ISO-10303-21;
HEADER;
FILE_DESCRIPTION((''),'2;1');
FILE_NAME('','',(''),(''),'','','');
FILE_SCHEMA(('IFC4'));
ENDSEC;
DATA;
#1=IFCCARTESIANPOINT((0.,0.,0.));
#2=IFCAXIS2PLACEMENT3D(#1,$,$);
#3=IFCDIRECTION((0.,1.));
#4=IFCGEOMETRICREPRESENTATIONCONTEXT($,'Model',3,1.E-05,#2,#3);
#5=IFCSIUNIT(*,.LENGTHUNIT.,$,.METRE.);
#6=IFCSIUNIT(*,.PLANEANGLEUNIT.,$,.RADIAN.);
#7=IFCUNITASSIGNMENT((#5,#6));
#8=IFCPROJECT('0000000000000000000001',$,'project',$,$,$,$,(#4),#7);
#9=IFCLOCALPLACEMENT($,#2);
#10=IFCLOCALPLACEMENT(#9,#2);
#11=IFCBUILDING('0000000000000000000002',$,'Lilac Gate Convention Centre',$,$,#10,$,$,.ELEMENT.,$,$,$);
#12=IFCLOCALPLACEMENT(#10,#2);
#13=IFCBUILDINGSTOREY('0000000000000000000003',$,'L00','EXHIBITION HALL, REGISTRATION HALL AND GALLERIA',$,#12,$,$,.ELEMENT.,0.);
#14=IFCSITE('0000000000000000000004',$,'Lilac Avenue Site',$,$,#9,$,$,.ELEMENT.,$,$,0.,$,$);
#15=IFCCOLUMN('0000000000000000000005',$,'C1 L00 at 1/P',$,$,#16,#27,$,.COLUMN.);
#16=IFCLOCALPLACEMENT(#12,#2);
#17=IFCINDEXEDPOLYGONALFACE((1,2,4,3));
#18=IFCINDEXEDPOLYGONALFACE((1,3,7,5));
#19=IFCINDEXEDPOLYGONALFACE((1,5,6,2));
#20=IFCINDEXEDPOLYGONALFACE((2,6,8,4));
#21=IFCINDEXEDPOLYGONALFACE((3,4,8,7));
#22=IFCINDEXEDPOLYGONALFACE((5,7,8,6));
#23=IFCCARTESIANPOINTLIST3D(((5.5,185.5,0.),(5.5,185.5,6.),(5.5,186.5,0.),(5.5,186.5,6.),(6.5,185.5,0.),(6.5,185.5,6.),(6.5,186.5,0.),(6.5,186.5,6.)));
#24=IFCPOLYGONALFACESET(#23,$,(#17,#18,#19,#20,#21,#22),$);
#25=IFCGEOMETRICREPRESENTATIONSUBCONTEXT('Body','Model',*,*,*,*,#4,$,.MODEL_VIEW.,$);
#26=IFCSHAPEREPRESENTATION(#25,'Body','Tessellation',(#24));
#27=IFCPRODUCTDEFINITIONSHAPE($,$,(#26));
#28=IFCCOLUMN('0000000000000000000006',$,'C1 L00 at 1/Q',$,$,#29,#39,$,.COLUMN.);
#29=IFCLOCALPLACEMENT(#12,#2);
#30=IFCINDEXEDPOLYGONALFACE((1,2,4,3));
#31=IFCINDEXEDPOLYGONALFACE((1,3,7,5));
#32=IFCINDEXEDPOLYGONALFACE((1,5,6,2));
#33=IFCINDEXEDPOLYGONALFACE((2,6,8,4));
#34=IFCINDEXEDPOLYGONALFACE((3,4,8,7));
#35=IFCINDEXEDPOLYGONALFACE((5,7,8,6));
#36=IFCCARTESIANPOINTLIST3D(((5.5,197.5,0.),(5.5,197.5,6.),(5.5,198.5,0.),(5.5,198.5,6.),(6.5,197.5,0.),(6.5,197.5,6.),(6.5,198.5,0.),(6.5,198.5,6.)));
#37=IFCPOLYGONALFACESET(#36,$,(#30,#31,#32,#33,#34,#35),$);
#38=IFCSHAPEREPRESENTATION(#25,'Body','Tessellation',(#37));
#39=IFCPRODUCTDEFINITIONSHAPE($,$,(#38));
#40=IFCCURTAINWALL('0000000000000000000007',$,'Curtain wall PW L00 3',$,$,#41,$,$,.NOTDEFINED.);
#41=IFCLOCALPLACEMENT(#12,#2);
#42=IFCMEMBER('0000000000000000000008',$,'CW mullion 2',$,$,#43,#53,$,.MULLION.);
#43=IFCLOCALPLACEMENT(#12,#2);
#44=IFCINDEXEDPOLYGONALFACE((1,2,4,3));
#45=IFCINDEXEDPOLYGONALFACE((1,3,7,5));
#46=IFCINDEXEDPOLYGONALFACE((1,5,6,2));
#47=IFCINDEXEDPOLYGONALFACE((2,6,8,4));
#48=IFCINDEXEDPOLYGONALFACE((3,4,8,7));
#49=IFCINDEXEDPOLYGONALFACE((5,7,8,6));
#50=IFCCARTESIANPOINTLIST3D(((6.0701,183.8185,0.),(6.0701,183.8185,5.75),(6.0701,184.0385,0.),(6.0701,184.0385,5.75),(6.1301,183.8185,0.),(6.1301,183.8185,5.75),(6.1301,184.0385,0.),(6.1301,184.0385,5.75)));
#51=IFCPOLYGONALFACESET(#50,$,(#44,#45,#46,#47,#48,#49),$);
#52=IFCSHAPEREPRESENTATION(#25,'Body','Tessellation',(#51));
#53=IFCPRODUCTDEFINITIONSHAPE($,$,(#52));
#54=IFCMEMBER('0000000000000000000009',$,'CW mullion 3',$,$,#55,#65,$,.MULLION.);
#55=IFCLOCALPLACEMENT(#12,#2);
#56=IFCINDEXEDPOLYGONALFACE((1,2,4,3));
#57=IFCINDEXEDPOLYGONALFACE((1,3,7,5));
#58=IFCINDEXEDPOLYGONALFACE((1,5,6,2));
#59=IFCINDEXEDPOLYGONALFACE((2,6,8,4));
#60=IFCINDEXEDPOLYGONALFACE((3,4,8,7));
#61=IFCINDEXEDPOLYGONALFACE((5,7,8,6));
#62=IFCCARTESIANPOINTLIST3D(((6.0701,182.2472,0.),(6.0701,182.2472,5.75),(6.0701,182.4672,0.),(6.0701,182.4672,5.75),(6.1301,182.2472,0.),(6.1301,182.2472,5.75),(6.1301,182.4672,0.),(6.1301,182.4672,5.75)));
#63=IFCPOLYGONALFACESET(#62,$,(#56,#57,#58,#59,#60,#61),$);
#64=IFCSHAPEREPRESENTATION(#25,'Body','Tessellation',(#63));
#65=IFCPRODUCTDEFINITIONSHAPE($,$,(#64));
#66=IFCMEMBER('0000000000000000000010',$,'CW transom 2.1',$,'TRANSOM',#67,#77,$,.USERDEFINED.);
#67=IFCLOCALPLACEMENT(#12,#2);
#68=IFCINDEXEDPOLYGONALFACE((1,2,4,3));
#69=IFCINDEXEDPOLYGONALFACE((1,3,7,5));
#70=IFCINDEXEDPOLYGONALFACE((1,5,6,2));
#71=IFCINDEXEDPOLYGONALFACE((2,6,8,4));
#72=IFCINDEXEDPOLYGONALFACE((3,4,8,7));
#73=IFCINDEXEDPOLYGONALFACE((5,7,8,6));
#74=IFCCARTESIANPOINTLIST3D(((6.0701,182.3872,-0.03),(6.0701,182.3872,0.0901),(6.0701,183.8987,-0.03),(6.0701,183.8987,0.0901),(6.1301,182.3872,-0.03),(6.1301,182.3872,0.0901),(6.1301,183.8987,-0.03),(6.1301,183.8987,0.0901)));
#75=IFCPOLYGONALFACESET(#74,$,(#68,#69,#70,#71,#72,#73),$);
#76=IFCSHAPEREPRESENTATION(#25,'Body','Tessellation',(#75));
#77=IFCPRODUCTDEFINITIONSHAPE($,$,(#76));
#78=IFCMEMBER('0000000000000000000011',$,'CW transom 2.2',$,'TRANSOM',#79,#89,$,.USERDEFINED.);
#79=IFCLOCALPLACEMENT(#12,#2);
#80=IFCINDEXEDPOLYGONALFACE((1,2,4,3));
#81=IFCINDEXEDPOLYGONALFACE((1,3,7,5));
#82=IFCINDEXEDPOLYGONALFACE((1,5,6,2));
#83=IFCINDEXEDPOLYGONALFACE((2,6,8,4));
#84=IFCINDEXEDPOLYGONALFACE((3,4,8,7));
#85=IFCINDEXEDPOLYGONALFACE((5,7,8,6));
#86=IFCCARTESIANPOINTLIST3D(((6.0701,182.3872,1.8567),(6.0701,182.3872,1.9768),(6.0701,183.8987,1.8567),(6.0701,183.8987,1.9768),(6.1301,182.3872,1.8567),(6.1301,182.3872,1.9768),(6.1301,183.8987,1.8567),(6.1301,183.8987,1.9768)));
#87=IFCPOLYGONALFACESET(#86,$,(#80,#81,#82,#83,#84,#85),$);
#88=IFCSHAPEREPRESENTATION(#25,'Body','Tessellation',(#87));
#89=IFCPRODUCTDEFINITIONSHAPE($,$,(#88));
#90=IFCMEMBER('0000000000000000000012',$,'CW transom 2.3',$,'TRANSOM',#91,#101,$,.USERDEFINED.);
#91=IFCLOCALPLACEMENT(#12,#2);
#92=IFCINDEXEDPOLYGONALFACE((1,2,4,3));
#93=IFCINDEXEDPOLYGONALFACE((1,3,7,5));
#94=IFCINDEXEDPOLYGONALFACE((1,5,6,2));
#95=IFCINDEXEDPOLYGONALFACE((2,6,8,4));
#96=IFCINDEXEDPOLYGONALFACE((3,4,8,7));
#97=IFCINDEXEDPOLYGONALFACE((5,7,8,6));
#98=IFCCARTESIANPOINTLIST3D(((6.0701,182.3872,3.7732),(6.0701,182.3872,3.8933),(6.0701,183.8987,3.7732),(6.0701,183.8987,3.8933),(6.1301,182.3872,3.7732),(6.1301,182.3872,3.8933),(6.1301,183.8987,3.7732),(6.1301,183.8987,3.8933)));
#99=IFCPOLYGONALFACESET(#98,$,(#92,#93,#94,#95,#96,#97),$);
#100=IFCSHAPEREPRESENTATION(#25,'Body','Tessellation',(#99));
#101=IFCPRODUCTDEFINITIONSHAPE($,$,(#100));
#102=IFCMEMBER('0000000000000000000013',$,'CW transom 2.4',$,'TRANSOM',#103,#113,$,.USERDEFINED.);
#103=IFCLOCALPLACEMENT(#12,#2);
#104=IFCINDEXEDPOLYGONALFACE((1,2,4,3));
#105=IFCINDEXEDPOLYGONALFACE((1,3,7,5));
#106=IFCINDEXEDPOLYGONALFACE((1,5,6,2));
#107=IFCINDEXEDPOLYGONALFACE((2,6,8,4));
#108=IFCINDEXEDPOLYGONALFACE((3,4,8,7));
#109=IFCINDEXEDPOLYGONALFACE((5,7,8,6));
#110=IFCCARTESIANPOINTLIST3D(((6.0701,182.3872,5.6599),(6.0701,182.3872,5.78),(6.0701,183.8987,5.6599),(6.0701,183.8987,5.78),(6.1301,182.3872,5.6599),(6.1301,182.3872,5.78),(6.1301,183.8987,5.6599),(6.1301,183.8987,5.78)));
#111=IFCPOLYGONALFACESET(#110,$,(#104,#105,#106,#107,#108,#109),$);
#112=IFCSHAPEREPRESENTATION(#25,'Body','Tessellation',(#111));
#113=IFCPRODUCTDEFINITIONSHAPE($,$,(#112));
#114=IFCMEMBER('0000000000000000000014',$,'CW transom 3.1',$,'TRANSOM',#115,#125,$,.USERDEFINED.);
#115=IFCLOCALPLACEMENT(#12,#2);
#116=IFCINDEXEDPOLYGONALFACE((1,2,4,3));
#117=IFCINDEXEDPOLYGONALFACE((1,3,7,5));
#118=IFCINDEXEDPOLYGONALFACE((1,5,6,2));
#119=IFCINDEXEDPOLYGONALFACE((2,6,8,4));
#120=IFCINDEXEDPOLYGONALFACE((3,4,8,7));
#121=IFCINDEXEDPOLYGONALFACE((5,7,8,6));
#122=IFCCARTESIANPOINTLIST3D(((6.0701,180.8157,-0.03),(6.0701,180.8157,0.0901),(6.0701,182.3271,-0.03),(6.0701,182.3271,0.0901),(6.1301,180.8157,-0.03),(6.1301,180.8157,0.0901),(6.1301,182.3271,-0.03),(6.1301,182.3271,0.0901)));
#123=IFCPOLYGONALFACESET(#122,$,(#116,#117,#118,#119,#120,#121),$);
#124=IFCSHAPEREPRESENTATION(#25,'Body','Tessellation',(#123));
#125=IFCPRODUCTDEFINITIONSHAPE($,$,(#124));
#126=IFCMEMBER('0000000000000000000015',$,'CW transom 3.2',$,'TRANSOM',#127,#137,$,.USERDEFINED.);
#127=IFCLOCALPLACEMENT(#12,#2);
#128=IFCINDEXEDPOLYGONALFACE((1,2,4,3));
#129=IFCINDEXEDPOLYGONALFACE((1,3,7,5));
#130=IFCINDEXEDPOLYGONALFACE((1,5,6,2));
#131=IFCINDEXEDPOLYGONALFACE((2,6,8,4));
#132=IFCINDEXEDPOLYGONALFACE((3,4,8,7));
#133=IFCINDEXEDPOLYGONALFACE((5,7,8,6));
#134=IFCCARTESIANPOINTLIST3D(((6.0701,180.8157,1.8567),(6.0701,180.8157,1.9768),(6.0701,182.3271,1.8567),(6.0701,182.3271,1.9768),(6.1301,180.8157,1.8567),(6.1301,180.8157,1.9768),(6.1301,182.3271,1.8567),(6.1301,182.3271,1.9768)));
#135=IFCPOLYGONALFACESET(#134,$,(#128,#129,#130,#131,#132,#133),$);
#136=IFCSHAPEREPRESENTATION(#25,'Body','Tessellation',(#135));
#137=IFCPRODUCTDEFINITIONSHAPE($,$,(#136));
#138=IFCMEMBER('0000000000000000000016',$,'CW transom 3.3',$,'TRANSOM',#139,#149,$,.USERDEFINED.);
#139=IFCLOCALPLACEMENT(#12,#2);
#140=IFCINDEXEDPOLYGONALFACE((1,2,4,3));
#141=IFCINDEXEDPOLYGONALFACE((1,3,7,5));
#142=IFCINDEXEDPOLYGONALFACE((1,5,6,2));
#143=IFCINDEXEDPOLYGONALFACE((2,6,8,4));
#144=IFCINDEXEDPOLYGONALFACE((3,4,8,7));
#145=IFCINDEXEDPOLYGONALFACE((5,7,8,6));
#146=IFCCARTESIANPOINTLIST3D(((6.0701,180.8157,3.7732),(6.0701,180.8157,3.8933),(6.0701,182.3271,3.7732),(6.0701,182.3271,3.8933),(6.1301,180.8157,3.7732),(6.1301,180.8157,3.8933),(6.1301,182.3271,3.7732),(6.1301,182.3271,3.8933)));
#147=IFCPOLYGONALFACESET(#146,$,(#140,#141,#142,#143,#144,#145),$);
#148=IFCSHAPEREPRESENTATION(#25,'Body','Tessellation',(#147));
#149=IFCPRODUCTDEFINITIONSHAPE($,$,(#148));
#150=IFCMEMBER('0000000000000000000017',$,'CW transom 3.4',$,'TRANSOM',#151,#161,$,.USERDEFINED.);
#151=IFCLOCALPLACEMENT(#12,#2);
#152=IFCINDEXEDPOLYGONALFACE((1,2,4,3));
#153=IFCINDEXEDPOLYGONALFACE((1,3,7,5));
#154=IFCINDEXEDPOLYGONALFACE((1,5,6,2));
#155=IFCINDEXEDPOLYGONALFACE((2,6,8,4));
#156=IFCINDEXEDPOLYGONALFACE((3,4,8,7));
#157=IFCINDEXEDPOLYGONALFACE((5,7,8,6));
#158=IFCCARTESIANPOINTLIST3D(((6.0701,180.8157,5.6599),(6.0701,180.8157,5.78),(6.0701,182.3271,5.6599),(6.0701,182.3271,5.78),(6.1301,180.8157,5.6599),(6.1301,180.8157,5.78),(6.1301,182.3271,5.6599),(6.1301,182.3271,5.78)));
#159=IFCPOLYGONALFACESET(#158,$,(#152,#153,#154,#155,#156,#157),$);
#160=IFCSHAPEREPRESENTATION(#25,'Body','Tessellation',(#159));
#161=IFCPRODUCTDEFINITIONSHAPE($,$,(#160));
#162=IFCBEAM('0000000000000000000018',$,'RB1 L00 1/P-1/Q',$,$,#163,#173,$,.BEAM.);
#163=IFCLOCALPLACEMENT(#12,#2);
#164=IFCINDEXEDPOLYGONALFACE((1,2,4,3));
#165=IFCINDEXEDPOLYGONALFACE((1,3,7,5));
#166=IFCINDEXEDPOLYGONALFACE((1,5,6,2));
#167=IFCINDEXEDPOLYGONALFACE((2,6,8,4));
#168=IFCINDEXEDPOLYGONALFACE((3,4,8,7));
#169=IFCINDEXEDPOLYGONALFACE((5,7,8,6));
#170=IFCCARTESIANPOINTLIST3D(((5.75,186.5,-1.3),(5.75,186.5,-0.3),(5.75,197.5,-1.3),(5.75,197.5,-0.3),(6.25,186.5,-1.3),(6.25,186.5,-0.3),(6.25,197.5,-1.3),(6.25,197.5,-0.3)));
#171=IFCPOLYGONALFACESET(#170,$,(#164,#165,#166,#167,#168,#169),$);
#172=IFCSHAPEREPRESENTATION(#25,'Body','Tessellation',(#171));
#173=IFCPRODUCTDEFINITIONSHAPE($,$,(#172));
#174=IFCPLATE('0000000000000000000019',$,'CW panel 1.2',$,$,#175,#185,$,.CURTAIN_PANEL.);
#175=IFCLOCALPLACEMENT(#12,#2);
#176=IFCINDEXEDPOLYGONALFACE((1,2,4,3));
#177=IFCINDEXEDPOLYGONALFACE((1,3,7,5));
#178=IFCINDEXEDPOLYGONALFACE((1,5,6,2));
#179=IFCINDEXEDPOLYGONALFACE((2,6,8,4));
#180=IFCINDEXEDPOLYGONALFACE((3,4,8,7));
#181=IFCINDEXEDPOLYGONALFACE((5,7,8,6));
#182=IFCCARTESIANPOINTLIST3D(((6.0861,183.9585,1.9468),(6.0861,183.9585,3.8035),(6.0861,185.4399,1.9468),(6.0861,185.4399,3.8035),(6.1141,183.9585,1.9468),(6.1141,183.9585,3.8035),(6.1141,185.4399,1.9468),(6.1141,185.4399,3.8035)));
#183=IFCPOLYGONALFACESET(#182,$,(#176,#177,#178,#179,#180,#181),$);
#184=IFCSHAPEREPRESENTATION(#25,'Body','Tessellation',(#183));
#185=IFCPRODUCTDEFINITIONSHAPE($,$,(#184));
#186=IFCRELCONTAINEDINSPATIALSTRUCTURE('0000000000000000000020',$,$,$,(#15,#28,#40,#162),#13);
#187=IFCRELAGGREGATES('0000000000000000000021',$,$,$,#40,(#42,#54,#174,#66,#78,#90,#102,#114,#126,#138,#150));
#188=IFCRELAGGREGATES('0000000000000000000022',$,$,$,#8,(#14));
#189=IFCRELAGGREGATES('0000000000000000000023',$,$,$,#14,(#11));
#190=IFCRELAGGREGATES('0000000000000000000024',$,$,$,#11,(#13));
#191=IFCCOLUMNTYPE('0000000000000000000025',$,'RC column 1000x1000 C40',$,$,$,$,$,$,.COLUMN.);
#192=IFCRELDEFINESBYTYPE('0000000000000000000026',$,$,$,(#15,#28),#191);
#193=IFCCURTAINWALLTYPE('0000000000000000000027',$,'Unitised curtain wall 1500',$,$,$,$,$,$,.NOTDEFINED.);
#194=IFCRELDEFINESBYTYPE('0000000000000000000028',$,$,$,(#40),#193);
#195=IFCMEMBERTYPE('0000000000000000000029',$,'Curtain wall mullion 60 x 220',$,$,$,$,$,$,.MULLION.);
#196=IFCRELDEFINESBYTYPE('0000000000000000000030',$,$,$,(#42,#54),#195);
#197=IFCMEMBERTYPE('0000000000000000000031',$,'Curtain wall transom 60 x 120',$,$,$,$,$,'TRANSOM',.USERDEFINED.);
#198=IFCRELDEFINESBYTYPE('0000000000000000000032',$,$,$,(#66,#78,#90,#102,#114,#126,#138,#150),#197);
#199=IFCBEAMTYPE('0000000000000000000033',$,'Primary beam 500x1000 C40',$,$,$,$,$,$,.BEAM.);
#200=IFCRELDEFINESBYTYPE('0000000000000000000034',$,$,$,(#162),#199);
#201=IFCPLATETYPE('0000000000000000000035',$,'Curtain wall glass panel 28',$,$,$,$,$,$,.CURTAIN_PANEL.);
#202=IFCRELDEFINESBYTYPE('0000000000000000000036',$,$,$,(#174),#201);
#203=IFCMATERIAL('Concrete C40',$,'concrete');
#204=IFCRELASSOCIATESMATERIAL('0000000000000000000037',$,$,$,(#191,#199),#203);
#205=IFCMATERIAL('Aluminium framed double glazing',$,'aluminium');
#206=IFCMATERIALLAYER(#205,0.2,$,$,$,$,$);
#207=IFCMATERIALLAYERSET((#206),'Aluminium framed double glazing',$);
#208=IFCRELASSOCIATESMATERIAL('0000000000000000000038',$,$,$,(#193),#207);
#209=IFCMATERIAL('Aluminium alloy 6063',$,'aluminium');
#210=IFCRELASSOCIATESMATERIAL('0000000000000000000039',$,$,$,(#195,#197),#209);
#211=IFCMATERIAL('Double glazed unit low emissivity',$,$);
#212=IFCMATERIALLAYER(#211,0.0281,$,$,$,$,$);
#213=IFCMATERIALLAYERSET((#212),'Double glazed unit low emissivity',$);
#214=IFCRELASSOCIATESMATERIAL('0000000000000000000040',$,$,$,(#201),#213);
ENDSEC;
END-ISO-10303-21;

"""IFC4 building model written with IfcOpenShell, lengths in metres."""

from ifc_helpers import new_model, si_unit, direction, frame, origin, origin_2d, place, context, subcontext, project, spatial, rectangle, extrude, material, layer, layer_set, material_profile, profile_set, type_object, element, aggregate, save


model = new_model("IFC4")

# Units and contexts
model_context = context("Model", 3, precision=1e-05, world=origin(), true_north=direction((0.0, 1.0)))
body_context = subcontext(model_context, "Body", "Model", "MODEL_VIEW")
ifc_project = project(units=[si_unit("LENGTHUNIT", "METRE"), si_unit("PLANEANGLEUNIT", "RADIAN")], contexts=[model_context])

# Site, building, storey
site_placement = place(None, origin())
site = spatial("IfcSite", under=ifc_project, at=site_placement, Name="Lilac Avenue Site", CompositionType="ELEMENT", RefElevation=0.0)
building_placement = place(site_placement, origin())
building = spatial("IfcBuilding", under=site, at=building_placement, Name="Lilac Gate Convention Centre", CompositionType="ELEMENT")
storey_placement = place(building_placement, origin())
storey = spatial("IfcBuildingStorey", under=building, at=storey_placement, Name="L00", Description="EXHIBITION HALL, REGISTRATION HALL AND GALLERIA", CompositionType="ELEMENT", Elevation=0.0)

# Columns
ifc_material_1 = material(Name="Concrete C40", Category="concrete")
ifc_material_profile_1 = material_profile(ifc_material_1, rectangle(XDim=1.0, YDim=1.0, at=origin_2d()), Name="RC 1000x1000")
ifc_profile_set_1 = profile_set([ifc_material_profile_1], Name="Concrete C40")
column_type = type_object("IfcColumnType", Name="RC column 1000x1000 C40", PredefinedType="COLUMN", material=ifc_profile_set_1)
for number, where, z_axis, x_axis, name in (
    (1, (6.0, 186.0, 0.0), (0.0, 0.0, 1.0), (1.0, 0.0, 0.0), "C1 L00 at 1/P"),
    (2, (6.0, 198.0, 0.0), (0.0, 0.0, 1.0), (1.0, 0.0, 0.0), "C1 L00 at 1/Q"),
):
    element("IfcColumn", number, at=place(storey_placement, frame(where, z_axis=z_axis, x_axis=x_axis)), inside=storey, type_object=column_type, Name=name, PredefinedType="COLUMN", context=body_context, shape_type="SweptSolid", body=[
        extrude(rectangle(XDim=1.0, YDim=1.0, at=origin_2d()), origin(), (0.0, 0.0, 1.0), 6.0),
    ])

# Curtain wall, members
ifc_material_2 = material(Name="Aluminium framed double glazing", Category="aluminium")
ifc_layer_1 = layer(ifc_material_2, 0.2)
ifc_layer_set_1 = layer_set([ifc_layer_1], Name="Aluminium framed double glazing")
curtain_wall_type = type_object("IfcCurtainWallType", Name="Unitised curtain wall 1500", PredefinedType="NOTDEFINED", material=ifc_layer_set_1)
curtain_wall_placement = place(storey_placement, origin())
curtain_wall = element("IfcCurtainWall", 3, at=curtain_wall_placement, inside=storey, type_object=curtain_wall_type, Name="Curtain wall PW L00 3", PredefinedType="NOTDEFINED")
ifc_material_3 = material(Name="Aluminium alloy 6063", Category="aluminium")
ifc_material_profile_2 = material_profile(ifc_material_3, rectangle(XDim=0.0601, YDim=0.22, at=origin_2d()), Name="Curtain wall mullion 60 x 220")
ifc_profile_set_2 = profile_set([ifc_material_profile_2], Name="Aluminium alloy 6063")
member_type_1 = type_object("IfcMemberType", Name="Curtain wall mullion 60 x 220", PredefinedType="MULLION", material=ifc_profile_set_2)
member_1_placement = place(storey_placement, frame((6.1001, 183.9285, 0.0), z_axis=(0.0, 0.0, 1.0), x_axis=(1.0, 0.0, 0.0)))
member_1 = element("IfcMember", 4, at=member_1_placement, type_object=member_type_1, Name="CW mullion 2", PredefinedType="MULLION", context=body_context, shape_type="SweptSolid", body=[
    extrude(rectangle(XDim=0.0601, YDim=0.22, at=origin_2d()), origin(), (0.0, 0.0, 1.0), 5.75),
])
member_2_placement = place(storey_placement, frame((6.1001, 182.3572, 0.0), z_axis=(0.0, 0.0, 1.0), x_axis=(1.0, 0.0, 0.0)))
member_2 = element("IfcMember", 5, at=member_2_placement, type_object=member_type_1, Name="CW mullion 3", PredefinedType="MULLION", context=body_context, shape_type="SweptSolid", body=[
    extrude(rectangle(XDim=0.0601, YDim=0.22, at=origin_2d()), origin(), (0.0, 0.0, 1.0), 5.75),
])
ifc_material_profile_3 = material_profile(ifc_material_3, rectangle(XDim=0.0601, YDim=0.1201, at=origin_2d()), Name="Curtain wall transom 60 x 120")
ifc_profile_set_3 = profile_set([ifc_material_profile_3], Name="Aluminium alloy 6063")
member_type_2 = type_object("IfcMemberType", Name="Curtain wall transom 60 x 120", ElementType="TRANSOM", PredefinedType="USERDEFINED", material=ifc_profile_set_3)
member_3_placement = place(storey_placement, frame((6.1001, 183.8987, 0.03), z_axis=(0.0, -1.0, 0.0), x_axis=(1.0, 0.0, 0.0)))
member_3 = element("IfcMember", 6, at=member_3_placement, type_object=member_type_2, Name="CW transom 2.1", ObjectType="TRANSOM", PredefinedType="USERDEFINED", context=body_context, shape_type="SweptSolid", body=[
    extrude(rectangle(XDim=0.0601, YDim=0.1201, at=origin_2d()), origin(), (0.0, 0.0, 1.0), 1.5115),
])
member_4_placement = place(storey_placement, frame((6.1001, 183.8987, 1.9167), z_axis=(0.0, -1.0, 0.0), x_axis=(1.0, 0.0, 0.0)))
member_4 = element("IfcMember", 7, at=member_4_placement, type_object=member_type_2, Name="CW transom 2.2", ObjectType="TRANSOM", PredefinedType="USERDEFINED", context=body_context, shape_type="SweptSolid", body=[
    extrude(rectangle(XDim=0.0601, YDim=0.1201, at=origin_2d()), origin(), (0.0, 0.0, 1.0), 1.5115),
])
member_5_placement = place(storey_placement, frame((6.1001, 183.8987, 3.8333), z_axis=(0.0, -1.0, 0.0), x_axis=(1.0, 0.0, 0.0)))
member_5 = element("IfcMember", 8, at=member_5_placement, type_object=member_type_2, Name="CW transom 2.3", ObjectType="TRANSOM", PredefinedType="USERDEFINED", context=body_context, shape_type="SweptSolid", body=[
    extrude(rectangle(XDim=0.0601, YDim=0.1201, at=origin_2d()), origin(), (0.0, 0.0, 1.0), 1.5115),
])
member_6_placement = place(storey_placement, frame((6.1001, 183.8987, 5.72), z_axis=(0.0, -1.0, 0.0), x_axis=(1.0, 0.0, 0.0)))
member_6 = element("IfcMember", 9, at=member_6_placement, type_object=member_type_2, Name="CW transom 2.4", ObjectType="TRANSOM", PredefinedType="USERDEFINED", context=body_context, shape_type="SweptSolid", body=[
    extrude(rectangle(XDim=0.0601, YDim=0.1201, at=origin_2d()), origin(), (0.0, 0.0, 1.0), 1.5115),
])
member_7_placement = place(storey_placement, frame((6.1001, 182.3271, 0.03), z_axis=(0.0, -1.0, 0.0), x_axis=(1.0, 0.0, 0.0)))
member_7 = element("IfcMember", 10, at=member_7_placement, type_object=member_type_2, Name="CW transom 3.1", ObjectType="TRANSOM", PredefinedType="USERDEFINED", context=body_context, shape_type="SweptSolid", body=[
    extrude(rectangle(XDim=0.0601, YDim=0.1201, at=origin_2d()), origin(), (0.0, 0.0, 1.0), 1.5115),
])
member_8_placement = place(storey_placement, frame((6.1001, 182.3271, 1.9167), z_axis=(0.0, -1.0, 0.0), x_axis=(1.0, 0.0, 0.0)))
member_8 = element("IfcMember", 11, at=member_8_placement, type_object=member_type_2, Name="CW transom 3.2", ObjectType="TRANSOM", PredefinedType="USERDEFINED", context=body_context, shape_type="SweptSolid", body=[
    extrude(rectangle(XDim=0.0601, YDim=0.1201, at=origin_2d()), origin(), (0.0, 0.0, 1.0), 1.5115),
])
member_9_placement = place(storey_placement, frame((6.1001, 182.3271, 3.8333), z_axis=(0.0, -1.0, 0.0), x_axis=(1.0, 0.0, 0.0)))
member_9 = element("IfcMember", 12, at=member_9_placement, type_object=member_type_2, Name="CW transom 3.3", ObjectType="TRANSOM", PredefinedType="USERDEFINED", context=body_context, shape_type="SweptSolid", body=[
    extrude(rectangle(XDim=0.0601, YDim=0.1201, at=origin_2d()), origin(), (0.0, 0.0, 1.0), 1.5115),
])
member_10_placement = place(storey_placement, frame((6.1001, 182.3271, 5.72), z_axis=(0.0, -1.0, 0.0), x_axis=(1.0, 0.0, 0.0)))
member_10 = element("IfcMember", 13, at=member_10_placement, type_object=member_type_2, Name="CW transom 3.4", ObjectType="TRANSOM", PredefinedType="USERDEFINED", context=body_context, shape_type="SweptSolid", body=[
    extrude(rectangle(XDim=0.0601, YDim=0.1201, at=origin_2d()), origin(), (0.0, 0.0, 1.0), 1.5115),
])

# Beam
ifc_material_profile_4 = material_profile(ifc_material_1, rectangle(XDim=0.5, YDim=1.0, at=origin_2d()), Name="RC 500x1000")
ifc_profile_set_4 = profile_set([ifc_material_profile_4], Name="Concrete C40")
beam_type = type_object("IfcBeamType", Name="Primary beam 500x1000 C40", PredefinedType="BEAM", material=ifc_profile_set_4)
beam_placement = place(storey_placement, frame((6.0, 186.5, -0.8), z_axis=(0.0, 1.0, 0.0), x_axis=(-1.0, 0.0, 0.0)))
element("IfcBeam", 14, at=beam_placement, inside=storey, type_object=beam_type, Name="RB1 L00 1/P-1/Q", PredefinedType="BEAM", context=body_context, shape_type="SweptSolid", body=[
    extrude(rectangle(XDim=0.5, YDim=1.0, at=origin_2d()), origin(), (0.0, 0.0, 1.0), 11.0),
])

# Plate
ifc_material_4 = material(Name="Double glazed unit low emissivity")
ifc_layer_2 = layer(ifc_material_4, 0.0281)
ifc_layer_set_2 = layer_set([ifc_layer_2], Name="Double glazed unit low emissivity")
plate_type_1 = type_object("IfcPlateType", Name="Curtain wall glass panel 28", PredefinedType="CURTAIN_PANEL", material=ifc_layer_set_2)
plate_1_placement = place(storey_placement, frame((6.1001, 184.6992, 1.9468), z_axis=(0.0, 0.0, 1.0), x_axis=(0.0, -1.0, 0.0)))
plate_1 = element("IfcPlate", 15, at=plate_1_placement, type_object=plate_type_1, Name="CW panel 1.2", PredefinedType="CURTAIN_PANEL", context=body_context, shape_type="SweptSolid", body=[
    extrude(rectangle(XDim=1.4814, YDim=0.0281, at=origin_2d()), origin(), (0.0, 0.0, 1.0), 1.8567),
])
aggregate(curtain_wall, [member_1, member_2, plate_1, member_3, member_4, member_5, member_6, member_7, member_8, member_9, member_10])

save(model, "model.ifc")
